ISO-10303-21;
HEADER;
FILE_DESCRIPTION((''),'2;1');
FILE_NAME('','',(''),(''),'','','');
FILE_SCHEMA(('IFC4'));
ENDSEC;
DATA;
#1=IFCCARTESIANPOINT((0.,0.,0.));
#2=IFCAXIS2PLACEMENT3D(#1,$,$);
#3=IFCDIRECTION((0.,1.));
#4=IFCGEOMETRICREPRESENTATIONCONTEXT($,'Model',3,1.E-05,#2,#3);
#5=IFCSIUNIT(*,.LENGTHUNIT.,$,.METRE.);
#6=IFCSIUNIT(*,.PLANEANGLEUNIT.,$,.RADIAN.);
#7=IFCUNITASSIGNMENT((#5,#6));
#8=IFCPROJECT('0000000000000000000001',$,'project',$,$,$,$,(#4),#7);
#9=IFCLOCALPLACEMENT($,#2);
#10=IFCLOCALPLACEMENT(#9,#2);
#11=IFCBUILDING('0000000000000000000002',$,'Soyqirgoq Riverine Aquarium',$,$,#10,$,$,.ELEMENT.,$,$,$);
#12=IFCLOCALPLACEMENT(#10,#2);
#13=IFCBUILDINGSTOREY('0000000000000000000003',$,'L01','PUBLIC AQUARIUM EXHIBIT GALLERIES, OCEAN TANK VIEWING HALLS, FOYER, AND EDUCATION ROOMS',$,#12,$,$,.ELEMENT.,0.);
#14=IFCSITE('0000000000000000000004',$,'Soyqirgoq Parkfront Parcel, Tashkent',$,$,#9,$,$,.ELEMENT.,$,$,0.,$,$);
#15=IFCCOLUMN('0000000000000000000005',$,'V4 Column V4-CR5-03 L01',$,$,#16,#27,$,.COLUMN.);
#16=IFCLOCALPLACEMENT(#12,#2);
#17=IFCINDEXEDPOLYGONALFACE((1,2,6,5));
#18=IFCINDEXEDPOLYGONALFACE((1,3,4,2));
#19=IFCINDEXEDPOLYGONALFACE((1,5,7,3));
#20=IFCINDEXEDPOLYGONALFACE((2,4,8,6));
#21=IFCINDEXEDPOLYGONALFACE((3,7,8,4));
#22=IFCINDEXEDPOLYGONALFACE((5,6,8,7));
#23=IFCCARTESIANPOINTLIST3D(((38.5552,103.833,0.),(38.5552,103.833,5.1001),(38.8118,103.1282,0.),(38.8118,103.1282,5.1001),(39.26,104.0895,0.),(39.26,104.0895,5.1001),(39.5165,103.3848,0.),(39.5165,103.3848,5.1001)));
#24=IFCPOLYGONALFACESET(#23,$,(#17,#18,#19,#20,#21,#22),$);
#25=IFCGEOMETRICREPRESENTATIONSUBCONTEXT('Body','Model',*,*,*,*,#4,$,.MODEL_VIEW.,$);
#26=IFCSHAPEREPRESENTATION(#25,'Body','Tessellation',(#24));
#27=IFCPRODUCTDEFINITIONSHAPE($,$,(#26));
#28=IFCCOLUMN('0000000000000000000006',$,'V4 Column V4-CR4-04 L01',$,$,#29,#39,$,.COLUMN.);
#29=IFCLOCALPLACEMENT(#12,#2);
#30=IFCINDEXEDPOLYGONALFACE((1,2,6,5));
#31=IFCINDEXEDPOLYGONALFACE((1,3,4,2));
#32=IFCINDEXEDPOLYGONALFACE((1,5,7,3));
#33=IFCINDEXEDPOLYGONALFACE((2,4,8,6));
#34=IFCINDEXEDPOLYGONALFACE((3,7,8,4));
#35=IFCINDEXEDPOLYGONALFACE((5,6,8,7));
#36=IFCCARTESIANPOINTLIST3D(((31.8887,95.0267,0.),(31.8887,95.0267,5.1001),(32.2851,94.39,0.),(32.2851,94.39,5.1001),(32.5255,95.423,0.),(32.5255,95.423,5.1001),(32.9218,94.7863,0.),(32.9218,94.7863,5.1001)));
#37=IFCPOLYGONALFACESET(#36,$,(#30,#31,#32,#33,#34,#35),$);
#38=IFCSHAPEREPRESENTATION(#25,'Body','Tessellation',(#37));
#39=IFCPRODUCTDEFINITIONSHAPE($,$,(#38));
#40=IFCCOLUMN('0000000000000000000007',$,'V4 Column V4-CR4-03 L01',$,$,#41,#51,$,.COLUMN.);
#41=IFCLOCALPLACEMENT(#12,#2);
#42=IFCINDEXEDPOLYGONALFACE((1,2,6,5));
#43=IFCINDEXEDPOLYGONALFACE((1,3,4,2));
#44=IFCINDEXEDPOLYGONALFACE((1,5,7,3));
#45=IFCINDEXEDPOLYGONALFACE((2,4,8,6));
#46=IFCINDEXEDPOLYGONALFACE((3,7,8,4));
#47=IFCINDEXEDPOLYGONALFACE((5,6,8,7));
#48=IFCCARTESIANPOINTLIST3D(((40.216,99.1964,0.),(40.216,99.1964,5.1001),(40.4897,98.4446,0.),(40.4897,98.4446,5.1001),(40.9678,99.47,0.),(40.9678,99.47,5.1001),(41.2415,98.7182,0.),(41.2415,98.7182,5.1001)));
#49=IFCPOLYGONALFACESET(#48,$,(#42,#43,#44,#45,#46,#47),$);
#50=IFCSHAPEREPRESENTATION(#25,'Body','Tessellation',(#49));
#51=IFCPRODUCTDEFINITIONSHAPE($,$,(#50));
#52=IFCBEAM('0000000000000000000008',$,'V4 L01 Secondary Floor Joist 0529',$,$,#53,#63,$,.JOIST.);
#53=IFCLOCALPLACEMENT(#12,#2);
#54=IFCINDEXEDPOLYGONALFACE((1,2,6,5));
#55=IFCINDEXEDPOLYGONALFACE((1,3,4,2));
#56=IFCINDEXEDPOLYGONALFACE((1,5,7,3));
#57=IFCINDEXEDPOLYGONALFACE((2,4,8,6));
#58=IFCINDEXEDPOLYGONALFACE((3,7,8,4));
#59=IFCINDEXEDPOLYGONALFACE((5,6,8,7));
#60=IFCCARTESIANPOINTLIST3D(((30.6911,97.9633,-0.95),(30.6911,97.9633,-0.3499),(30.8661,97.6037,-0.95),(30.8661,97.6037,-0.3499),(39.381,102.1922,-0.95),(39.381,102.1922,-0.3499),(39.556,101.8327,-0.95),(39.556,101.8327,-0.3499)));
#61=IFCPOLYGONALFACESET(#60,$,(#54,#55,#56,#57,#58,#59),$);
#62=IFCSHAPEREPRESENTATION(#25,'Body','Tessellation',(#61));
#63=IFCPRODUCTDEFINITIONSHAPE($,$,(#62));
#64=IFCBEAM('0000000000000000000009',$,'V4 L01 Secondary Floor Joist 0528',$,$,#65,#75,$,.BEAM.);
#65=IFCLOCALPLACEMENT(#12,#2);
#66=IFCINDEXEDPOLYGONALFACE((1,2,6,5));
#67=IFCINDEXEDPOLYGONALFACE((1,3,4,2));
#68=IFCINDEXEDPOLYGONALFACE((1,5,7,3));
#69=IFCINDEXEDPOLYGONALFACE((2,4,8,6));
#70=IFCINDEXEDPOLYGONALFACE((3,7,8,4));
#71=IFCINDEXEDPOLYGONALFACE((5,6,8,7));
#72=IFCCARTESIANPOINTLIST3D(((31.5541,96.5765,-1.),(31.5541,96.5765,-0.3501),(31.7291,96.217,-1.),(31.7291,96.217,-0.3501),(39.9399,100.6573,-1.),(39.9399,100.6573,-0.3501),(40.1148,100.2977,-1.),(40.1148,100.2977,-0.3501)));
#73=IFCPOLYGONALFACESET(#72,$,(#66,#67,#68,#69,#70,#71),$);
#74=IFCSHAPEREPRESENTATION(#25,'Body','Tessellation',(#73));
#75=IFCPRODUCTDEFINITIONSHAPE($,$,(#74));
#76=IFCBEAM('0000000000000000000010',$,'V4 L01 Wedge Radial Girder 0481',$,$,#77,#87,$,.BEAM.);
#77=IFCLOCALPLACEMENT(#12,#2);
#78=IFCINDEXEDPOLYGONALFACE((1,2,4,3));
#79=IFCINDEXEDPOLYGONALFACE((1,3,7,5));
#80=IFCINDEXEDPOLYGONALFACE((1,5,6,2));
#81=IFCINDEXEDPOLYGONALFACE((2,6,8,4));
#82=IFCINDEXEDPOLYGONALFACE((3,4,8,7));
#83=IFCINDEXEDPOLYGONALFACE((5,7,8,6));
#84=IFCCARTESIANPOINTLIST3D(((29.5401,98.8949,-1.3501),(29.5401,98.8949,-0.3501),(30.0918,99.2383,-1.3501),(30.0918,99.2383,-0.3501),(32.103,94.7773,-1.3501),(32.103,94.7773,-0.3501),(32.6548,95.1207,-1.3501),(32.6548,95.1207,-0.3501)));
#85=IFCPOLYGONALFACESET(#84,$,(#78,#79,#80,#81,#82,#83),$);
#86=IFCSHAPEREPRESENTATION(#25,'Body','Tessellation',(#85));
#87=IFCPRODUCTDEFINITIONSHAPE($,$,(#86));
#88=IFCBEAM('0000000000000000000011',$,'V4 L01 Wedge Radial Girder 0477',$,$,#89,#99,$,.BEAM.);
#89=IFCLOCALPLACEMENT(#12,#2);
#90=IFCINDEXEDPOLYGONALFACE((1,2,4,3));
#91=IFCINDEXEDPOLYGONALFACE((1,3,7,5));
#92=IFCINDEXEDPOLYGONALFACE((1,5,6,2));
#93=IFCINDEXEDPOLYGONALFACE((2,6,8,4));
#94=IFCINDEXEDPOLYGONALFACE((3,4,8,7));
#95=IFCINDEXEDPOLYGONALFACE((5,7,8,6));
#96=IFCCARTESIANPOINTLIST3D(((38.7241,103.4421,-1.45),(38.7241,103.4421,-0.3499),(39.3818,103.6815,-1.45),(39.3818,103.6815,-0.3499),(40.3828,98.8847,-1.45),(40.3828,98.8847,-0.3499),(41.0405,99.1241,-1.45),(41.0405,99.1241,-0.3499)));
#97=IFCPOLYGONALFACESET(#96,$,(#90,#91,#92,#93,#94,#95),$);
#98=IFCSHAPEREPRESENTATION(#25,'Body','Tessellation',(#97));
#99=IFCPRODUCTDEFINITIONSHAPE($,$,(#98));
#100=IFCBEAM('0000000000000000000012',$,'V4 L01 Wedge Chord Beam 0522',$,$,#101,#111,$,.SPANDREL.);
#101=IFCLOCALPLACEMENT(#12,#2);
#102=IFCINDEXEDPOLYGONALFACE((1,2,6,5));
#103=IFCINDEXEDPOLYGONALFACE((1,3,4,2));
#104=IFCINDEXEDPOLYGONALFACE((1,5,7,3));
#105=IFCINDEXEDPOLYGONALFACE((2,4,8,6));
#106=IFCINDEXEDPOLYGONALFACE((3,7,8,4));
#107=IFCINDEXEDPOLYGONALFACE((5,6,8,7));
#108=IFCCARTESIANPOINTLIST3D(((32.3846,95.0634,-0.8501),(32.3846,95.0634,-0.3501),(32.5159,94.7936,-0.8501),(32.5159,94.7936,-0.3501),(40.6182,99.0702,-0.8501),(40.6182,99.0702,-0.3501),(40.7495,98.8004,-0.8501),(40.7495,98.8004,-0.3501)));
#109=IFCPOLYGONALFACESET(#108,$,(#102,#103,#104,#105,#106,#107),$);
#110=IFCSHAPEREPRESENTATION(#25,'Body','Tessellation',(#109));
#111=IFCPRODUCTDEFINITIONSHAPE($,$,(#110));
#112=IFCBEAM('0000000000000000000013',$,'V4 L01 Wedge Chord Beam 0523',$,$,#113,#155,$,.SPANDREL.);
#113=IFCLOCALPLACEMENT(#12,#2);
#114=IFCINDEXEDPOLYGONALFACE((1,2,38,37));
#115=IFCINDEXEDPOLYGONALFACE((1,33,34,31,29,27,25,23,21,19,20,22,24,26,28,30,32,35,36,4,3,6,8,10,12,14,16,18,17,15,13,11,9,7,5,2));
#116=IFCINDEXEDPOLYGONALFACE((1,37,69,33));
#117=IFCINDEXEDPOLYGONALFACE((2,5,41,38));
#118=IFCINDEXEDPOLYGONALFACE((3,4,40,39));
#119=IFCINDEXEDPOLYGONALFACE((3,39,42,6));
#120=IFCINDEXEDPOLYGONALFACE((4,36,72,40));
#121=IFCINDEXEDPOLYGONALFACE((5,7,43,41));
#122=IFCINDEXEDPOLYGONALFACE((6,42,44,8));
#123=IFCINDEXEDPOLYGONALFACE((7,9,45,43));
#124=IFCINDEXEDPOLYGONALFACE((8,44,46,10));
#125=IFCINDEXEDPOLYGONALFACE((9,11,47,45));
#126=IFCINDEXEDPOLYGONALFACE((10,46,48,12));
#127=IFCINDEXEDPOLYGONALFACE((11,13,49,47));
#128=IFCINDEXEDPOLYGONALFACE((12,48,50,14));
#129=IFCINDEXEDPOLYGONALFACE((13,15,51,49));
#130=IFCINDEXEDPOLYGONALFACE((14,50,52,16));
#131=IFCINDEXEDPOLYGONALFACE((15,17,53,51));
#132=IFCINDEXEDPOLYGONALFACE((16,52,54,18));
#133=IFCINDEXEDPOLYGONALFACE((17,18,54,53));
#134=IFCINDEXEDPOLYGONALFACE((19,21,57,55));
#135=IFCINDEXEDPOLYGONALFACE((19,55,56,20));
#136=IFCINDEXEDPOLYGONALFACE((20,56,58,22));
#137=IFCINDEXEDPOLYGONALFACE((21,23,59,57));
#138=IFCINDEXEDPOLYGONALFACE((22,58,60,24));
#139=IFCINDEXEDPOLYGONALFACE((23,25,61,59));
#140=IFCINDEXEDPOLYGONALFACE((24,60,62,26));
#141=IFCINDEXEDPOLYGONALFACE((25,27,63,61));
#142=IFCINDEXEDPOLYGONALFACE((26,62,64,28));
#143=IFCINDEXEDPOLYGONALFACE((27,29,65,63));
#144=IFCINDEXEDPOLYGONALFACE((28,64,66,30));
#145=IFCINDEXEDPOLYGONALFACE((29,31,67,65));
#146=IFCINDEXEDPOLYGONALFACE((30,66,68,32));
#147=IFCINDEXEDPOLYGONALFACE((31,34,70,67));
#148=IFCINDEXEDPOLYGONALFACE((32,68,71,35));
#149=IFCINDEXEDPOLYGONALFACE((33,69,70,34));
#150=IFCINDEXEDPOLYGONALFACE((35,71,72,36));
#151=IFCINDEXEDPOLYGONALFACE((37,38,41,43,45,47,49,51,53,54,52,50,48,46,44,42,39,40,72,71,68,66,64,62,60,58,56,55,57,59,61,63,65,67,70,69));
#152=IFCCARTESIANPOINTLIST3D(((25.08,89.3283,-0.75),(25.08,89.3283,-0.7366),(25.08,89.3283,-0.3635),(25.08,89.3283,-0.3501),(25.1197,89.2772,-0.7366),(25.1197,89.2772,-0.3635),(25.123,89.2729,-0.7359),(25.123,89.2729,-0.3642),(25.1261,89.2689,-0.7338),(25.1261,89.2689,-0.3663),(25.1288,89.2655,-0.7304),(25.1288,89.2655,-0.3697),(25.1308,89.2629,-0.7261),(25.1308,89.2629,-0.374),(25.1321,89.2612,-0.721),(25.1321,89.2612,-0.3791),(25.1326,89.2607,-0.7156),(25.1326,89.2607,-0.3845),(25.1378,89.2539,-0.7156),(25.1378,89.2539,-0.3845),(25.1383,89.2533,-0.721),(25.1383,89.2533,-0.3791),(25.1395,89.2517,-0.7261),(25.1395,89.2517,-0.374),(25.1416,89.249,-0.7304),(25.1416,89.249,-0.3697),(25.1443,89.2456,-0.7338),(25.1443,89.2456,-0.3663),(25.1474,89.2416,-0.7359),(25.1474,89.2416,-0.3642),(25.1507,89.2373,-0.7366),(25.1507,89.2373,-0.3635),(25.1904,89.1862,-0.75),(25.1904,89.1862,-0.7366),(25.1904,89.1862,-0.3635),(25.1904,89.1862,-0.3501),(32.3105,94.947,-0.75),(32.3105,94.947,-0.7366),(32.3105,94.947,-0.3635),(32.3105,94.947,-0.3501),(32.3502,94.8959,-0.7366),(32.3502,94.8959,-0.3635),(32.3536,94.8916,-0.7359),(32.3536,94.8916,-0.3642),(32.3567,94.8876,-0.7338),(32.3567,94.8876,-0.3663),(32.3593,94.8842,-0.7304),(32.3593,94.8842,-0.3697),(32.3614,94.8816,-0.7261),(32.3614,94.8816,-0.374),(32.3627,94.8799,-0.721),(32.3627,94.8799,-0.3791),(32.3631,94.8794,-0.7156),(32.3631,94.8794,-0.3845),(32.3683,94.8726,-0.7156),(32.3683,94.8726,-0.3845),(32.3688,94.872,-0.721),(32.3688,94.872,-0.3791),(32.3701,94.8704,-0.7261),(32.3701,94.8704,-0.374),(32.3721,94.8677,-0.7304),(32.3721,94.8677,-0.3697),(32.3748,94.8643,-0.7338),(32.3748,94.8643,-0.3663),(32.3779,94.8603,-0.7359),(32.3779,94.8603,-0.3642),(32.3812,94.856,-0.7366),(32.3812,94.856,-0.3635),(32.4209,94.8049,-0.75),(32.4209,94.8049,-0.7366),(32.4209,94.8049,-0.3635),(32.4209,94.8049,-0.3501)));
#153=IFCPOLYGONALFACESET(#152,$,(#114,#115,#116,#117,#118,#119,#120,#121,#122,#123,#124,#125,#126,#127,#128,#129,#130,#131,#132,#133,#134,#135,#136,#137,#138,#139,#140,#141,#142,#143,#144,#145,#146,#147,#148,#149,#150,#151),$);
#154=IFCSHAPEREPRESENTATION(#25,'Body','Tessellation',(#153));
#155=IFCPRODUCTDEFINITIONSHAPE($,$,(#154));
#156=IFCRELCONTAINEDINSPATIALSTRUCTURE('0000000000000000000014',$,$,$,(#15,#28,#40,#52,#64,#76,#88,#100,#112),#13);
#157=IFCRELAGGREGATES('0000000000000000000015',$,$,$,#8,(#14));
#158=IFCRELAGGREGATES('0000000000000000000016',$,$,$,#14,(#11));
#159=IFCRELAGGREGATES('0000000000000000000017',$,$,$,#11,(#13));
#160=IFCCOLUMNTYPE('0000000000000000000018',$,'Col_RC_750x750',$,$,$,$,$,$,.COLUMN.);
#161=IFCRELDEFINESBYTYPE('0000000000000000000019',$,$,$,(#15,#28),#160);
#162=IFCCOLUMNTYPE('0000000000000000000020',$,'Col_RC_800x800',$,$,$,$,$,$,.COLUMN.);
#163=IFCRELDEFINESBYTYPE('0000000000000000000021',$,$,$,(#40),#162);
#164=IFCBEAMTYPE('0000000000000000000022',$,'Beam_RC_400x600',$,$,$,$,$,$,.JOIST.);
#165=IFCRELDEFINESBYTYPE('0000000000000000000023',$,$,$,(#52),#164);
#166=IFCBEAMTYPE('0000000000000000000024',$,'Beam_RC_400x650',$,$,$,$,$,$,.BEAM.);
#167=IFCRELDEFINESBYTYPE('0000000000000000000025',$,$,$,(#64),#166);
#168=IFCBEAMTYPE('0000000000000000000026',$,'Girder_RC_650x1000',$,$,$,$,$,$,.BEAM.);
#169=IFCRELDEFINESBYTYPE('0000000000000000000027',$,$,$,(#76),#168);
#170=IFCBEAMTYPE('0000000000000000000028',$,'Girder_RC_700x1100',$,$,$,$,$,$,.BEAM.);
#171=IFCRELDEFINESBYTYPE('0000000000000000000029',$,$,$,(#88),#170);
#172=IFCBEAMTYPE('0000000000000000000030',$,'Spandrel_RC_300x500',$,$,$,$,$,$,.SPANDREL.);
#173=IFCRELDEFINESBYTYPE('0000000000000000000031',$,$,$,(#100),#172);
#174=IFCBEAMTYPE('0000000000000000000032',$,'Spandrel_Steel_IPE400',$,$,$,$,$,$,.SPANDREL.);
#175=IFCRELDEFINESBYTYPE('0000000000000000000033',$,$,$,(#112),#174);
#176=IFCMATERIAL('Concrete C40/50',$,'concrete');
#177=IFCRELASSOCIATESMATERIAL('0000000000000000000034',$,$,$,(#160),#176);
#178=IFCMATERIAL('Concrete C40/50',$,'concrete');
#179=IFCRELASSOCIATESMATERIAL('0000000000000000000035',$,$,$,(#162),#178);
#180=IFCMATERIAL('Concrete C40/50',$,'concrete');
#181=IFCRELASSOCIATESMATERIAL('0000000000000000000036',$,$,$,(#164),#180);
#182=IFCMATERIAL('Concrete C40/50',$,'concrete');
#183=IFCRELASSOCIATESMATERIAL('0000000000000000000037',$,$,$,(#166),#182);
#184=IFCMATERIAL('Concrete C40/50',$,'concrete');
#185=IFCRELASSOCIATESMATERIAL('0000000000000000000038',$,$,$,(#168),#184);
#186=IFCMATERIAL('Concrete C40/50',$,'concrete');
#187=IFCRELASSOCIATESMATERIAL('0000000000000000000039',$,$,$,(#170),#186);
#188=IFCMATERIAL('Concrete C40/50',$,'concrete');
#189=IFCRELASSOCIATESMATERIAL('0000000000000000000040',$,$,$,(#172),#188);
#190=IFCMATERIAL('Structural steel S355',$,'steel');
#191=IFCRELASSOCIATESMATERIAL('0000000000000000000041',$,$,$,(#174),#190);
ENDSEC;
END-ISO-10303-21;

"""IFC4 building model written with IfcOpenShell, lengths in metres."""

from ifc_helpers import new_model, si_unit, direction, frame, origin, origin_2d, place, context, subcontext, project, spatial, rectangle, i_section, extrude, material, material_profile, profile_set, type_object, element, save


model = new_model("IFC4")

# Units and contexts
model_context = context("Model", 3, precision=1e-05, world=origin(), true_north=direction((0.0, 1.0)))
body_context = subcontext(model_context, "Body", "Model", "MODEL_VIEW")
ifc_project = project(units=[si_unit("LENGTHUNIT", "METRE"), si_unit("PLANEANGLEUNIT", "RADIAN")], contexts=[model_context])

# Site, building, storey
site_placement = place(None, origin())
site = spatial("IfcSite", under=ifc_project, at=site_placement, Name="Soyqirgoq Parkfront Parcel, Tashkent", CompositionType="ELEMENT", RefElevation=0.0)
building_placement = place(site_placement, origin())
building = spatial("IfcBuilding", under=site, at=building_placement, Name="Soyqirgoq Riverine Aquarium", CompositionType="ELEMENT")
storey_placement = place(building_placement, origin())
storey = spatial("IfcBuildingStorey", under=building, at=storey_placement, Name="L01", Description="PUBLIC AQUARIUM EXHIBIT GALLERIES, OCEAN TANK VIEWING HALLS, FOYER, AND EDUCATION ROOMS", CompositionType="ELEMENT", Elevation=0.0)

# Columns
ifc_material_1 = material(Name="Concrete C40/50", Category="concrete")
ifc_material_profile_1 = material_profile(ifc_material_1, rectangle(XDim=0.75, YDim=0.75, at=origin_2d()), Name="RC 750x750")
ifc_profile_set_1 = profile_set([ifc_material_profile_1], Name="Concrete C40/50")
column_type_1 = type_object("IfcColumnType", Name="Col_RC_750x750", PredefinedType="COLUMN", material=ifc_profile_set_1)
for number, where, z_axis, x_axis, name in (
    (1, (39.0359, 103.6089, 0.0), (0.0, 0.0, 1.0), (-0.34202, 0.939693, 0.0), "V4 Column V4-CR5-03 L01"),
    (2, (32.4053, 94.9065, 0.0), (0.0, 0.0, 1.0), (-0.528438, 0.848972, 0.0), "V4 Column V4-CR4-04 L01"),
):
    element("IfcColumn", number, at=place(storey_placement, frame(where, z_axis=z_axis, x_axis=x_axis)), inside=storey, type_object=column_type_1, Name=name, PredefinedType="COLUMN", context=body_context, shape_type="SweptSolid", body=[
        extrude(rectangle(XDim=0.75, YDim=0.75, at=origin_2d()), origin(), (0.0, 0.0, 1.0), 5.1001),
    ])
ifc_material_2 = material(Name="Concrete C40/50", Category="concrete")
ifc_material_profile_2 = material_profile(ifc_material_2, rectangle(XDim=0.8, YDim=0.8, at=origin_2d()), Name="RC 800x800")
ifc_profile_set_2 = profile_set([ifc_material_profile_2], Name="Concrete C40/50")
column_type_2 = type_object("IfcColumnType", Name="Col_RC_800x800", PredefinedType="COLUMN", material=ifc_profile_set_2)
column_placement = place(storey_placement, frame((40.7288, 98.9573, 0.0), z_axis=(0.0, 0.0, 1.0), x_axis=(-0.34202, 0.939693, 0.0)))
element("IfcColumn", 3, at=column_placement, inside=storey, type_object=column_type_2, Name="V4 Column V4-CR4-03 L01", PredefinedType="COLUMN", context=body_context, shape_type="SweptSolid", body=[
    extrude(rectangle(XDim=0.8, YDim=0.8, at=origin_2d()), origin(), (0.0, 0.0, 1.0), 5.1001),
])

# Beams
ifc_material_3 = material(Name="Concrete C40/50", Category="concrete")
ifc_material_profile_3 = material_profile(ifc_material_3, rectangle(XDim=0.3999, YDim=0.6001, at=origin_2d()), Name="RC 400x600")
ifc_profile_set_3 = profile_set([ifc_material_profile_3], Name="Concrete C40/50")
beam_type_1 = type_object("IfcBeamType", Name="Beam_RC_400x600", PredefinedType="JOIST", material=ifc_profile_set_3)
beam_1_placement = place(storey_placement, frame((39.4685, 102.0125, -0.6499), z_axis=(-0.899175, -0.437588, 0.0), x_axis=(0.437588, -0.899175, 0.0)))
element("IfcBeam", 4, at=beam_1_placement, inside=storey, type_object=beam_type_1, Name="V4 L01 Secondary Floor Joist 0529", PredefinedType="JOIST", context=body_context, shape_type="SweptSolid", body=[
    extrude(rectangle(XDim=0.3999, YDim=0.6001, at=origin_2d()), origin(), (0.0, 0.0, 1.0), 9.6643),
])
ifc_material_4 = material(Name="Concrete C40/50", Category="concrete")
ifc_material_profile_4 = material_profile(ifc_material_4, rectangle(XDim=0.3999, YDim=0.6499, at=origin_2d()), Name="RC 400x650")
ifc_profile_set_4 = profile_set([ifc_material_profile_4], Name="Concrete C40/50")
beam_type_2 = type_object("IfcBeamType", Name="Beam_RC_400x650", PredefinedType="BEAM", material=ifc_profile_set_4)
beam_2_placement = place(storey_placement, frame((40.0273, 100.4775, -0.675), z_axis=(-0.899182, -0.437575, 0.0), x_axis=(0.437575, -0.899182, 0.0)))
element("IfcBeam", 5, at=beam_2_placement, inside=storey, type_object=beam_type_2, Name="V4 L01 Secondary Floor Joist 0528", PredefinedType="BEAM", context=body_context, shape_type="SweptSolid", body=[
    extrude(rectangle(XDim=0.3999, YDim=0.6499, at=origin_2d()), origin(), (0.0, 0.0, 1.0), 9.3259),
])
ifc_material_5 = material(Name="Concrete C40/50", Category="concrete")
ifc_material_profile_5 = material_profile(ifc_material_5, rectangle(XDim=0.6499, YDim=1.0, at=origin_2d()), Name="RC 650x1000")
ifc_profile_set_5 = profile_set([ifc_material_profile_5], Name="Concrete C40/50")
beam_type_3 = type_object("IfcBeamType", Name="Girder_RC_650x1000", PredefinedType="BEAM", material=ifc_profile_set_5)
beam_3_placement = place(storey_placement, frame((32.3789, 94.949, -0.8501), z_axis=(-0.528433, 0.848975, 0.0), x_axis=(-0.848975, -0.528433, 0.0)))
element("IfcBeam", 6, at=beam_3_placement, inside=storey, type_object=beam_type_3, Name="V4 L01 Wedge Radial Girder 0481", PredefinedType="BEAM", context=body_context, shape_type="SweptSolid", body=[
    extrude(rectangle(XDim=0.6499, YDim=1.0, at=origin_2d()), origin(), (0.0, 0.0, 1.0), 4.8501),
])
ifc_material_6 = material(Name="Concrete C40/50", Category="concrete")
ifc_material_profile_6 = material_profile(ifc_material_6, rectangle(XDim=0.7, YDim=1.1001, at=origin_2d()), Name="RC 700x1100")
ifc_profile_set_6 = profile_set([ifc_material_profile_6], Name="Concrete C40/50")
beam_type_4 = type_object("IfcBeamType", Name="Girder_RC_700x1100", PredefinedType="BEAM", material=ifc_profile_set_6)
beam_4_placement = place(storey_placement, frame((40.7117, 99.0044, -0.8999), z_axis=(-0.34201, 0.939696, 0.0), x_axis=(-0.939696, -0.34201, 0.0)))
element("IfcBeam", 7, at=beam_4_placement, inside=storey, type_object=beam_type_4, Name="V4 L01 Wedge Radial Girder 0477", PredefinedType="BEAM", context=body_context, shape_type="SweptSolid", body=[
    extrude(rectangle(XDim=0.7, YDim=1.1001, at=origin_2d()), origin(), (0.0, 0.0, 1.0), 4.8499),
])
ifc_material_7 = material(Name="Concrete C40/50", Category="concrete")
ifc_material_profile_7 = material_profile(ifc_material_7, rectangle(XDim=0.3, YDim=0.5, at=origin_2d()), Name="RC 300x500")
ifc_profile_set_7 = profile_set([ifc_material_profile_7], Name="Concrete C40/50")
beam_type_5 = type_object("IfcBeamType", Name="Spandrel_RC_300x500", PredefinedType="SPANDREL", material=ifc_profile_set_7)
beam_5_placement = place(storey_placement, frame((40.6838, 98.9353, -0.6001), z_axis=(-0.89918, -0.437579, 0.0), x_axis=(0.437579, -0.89918, 0.0)))
element("IfcBeam", 8, at=beam_5_placement, inside=storey, type_object=beam_type_5, Name="V4 L01 Wedge Chord Beam 0522", PredefinedType="SPANDREL", context=body_context, shape_type="SweptSolid", body=[
    extrude(rectangle(XDim=0.3, YDim=0.5, at=origin_2d()), origin(), (0.0, 0.0, 1.0), 9.1567),
])
ifc_material_8 = material(Name="Structural steel S355", Category="steel")
ifc_material_profile_8 = material_profile(ifc_material_8, i_section(OverallWidth=0.1799, OverallDepth=0.3999, WebThickness=0.0085, FlangeThickness=0.0134, FilletRadius=0.021, at=origin_2d()), Name="IPE 400")
ifc_profile_set_8 = profile_set([ifc_material_profile_8], Name="Structural steel S355")
beam_type_6 = type_object("IfcBeamType", Name="Spandrel_Steel_IPE400", PredefinedType="SPANDREL", material=ifc_profile_set_8)
beam_6_placement = place(storey_placement, frame((32.3657, 94.876, -0.55), z_axis=(-0.789619, -0.613597, 0.0), x_axis=(0.613597, -0.789619, 0.0)))
element("IfcBeam", 9, at=beam_6_placement, inside=storey, type_object=beam_type_6, Name="V4 L01 Wedge Chord Beam 0523", PredefinedType="SPANDREL", context=body_context, shape_type="SweptSolid", body=[
    extrude(i_section(OverallWidth=0.1799, OverallDepth=0.3999, WebThickness=0.0085, FlangeThickness=0.0134, FilletRadius=0.021, at=origin_2d()), origin(), (0.0, 0.0, 1.0), 9.157),
])

save(model, "model.ifc")
